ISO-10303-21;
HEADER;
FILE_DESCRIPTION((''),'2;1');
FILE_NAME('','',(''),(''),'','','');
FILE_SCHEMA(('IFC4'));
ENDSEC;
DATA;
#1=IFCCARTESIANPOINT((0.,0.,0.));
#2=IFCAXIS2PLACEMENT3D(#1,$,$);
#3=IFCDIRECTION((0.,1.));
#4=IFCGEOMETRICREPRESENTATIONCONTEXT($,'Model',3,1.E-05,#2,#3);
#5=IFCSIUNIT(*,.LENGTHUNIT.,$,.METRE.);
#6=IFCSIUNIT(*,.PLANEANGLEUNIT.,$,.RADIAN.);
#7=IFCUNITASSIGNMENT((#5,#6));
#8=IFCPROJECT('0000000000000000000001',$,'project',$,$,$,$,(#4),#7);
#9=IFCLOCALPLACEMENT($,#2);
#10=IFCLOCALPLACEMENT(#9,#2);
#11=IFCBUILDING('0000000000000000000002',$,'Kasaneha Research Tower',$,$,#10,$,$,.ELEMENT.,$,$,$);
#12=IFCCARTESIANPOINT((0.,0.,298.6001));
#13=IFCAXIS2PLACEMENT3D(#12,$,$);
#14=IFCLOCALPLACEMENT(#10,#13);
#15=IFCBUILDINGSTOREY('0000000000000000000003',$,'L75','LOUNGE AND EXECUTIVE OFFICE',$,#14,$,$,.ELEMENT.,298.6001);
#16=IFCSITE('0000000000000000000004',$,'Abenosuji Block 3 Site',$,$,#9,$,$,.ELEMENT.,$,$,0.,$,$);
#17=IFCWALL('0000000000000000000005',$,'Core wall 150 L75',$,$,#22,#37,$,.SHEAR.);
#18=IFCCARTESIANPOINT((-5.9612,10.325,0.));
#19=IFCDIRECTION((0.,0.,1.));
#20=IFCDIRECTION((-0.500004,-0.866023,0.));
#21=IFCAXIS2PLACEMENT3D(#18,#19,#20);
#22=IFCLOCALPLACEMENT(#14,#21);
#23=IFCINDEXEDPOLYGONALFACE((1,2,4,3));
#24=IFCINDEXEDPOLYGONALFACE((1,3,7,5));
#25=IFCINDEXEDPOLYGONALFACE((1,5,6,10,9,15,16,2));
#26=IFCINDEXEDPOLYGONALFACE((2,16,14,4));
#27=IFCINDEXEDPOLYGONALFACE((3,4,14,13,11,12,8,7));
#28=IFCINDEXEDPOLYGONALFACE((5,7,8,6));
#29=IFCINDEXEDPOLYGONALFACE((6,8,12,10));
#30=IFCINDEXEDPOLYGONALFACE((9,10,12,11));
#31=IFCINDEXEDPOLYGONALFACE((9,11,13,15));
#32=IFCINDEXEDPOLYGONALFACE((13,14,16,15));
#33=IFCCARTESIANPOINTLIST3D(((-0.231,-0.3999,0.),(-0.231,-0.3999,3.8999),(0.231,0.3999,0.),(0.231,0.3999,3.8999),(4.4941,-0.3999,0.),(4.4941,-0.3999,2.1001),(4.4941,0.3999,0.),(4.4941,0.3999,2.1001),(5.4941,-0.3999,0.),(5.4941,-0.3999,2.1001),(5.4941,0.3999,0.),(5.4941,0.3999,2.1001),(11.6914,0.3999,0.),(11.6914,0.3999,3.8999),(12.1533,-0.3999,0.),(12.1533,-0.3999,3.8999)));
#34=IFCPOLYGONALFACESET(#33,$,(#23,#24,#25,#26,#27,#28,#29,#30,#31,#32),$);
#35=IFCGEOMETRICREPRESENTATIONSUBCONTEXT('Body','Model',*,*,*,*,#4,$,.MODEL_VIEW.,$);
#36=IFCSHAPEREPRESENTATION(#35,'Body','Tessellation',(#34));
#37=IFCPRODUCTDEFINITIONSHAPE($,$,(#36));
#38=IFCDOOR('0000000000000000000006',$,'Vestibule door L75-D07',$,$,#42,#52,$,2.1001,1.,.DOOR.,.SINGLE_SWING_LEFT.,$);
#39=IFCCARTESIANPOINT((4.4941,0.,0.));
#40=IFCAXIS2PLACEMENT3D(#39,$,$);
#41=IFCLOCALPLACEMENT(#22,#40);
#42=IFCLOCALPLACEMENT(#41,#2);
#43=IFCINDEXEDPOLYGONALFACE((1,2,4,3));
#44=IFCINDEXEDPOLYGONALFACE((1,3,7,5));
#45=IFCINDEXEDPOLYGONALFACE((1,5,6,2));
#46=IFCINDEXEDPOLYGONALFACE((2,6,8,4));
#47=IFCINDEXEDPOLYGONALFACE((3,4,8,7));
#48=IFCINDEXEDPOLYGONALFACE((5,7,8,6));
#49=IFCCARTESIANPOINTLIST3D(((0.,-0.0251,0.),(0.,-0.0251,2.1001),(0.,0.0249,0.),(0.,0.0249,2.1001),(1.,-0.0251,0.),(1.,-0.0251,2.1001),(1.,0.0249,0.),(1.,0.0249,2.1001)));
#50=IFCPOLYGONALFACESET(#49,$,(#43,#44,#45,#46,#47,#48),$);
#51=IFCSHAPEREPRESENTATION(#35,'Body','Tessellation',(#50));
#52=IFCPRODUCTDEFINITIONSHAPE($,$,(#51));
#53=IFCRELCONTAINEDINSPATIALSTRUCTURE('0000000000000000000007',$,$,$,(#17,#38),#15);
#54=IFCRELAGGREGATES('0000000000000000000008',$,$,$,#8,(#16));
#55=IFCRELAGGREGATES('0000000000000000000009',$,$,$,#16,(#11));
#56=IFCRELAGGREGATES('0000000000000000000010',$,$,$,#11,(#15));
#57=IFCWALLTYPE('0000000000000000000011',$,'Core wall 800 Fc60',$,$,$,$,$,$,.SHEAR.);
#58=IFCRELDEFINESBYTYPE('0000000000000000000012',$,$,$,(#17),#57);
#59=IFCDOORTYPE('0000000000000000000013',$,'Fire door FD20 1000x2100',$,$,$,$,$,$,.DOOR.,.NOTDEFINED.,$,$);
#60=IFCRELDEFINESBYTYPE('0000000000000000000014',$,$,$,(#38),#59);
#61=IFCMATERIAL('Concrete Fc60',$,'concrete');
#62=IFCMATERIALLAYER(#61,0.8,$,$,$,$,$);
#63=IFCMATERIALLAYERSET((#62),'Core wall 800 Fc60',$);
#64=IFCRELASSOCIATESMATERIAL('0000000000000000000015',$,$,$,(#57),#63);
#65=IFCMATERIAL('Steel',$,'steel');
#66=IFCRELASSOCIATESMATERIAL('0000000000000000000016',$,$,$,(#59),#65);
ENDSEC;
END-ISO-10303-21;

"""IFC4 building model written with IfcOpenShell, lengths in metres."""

from ifc_helpers import new_model, si_unit, direction, frame, frame_2d, origin, place, context, subcontext, project, spatial, polyline, rectangle, outline, extrude, material, layer, layer_set, type_object, element, fill, save


model = new_model("IFC4")

# Units and contexts
model_context = context("Model", 3, precision=1e-05, world=origin(), true_north=direction((0.0, 1.0)))
body_context = subcontext(model_context, "Body", "Model", "MODEL_VIEW")
ifc_project = project(units=[si_unit("LENGTHUNIT", "METRE"), si_unit("PLANEANGLEUNIT", "RADIAN")], contexts=[model_context])

# Site, building, storey
site_placement = place(None, origin())
site = spatial("IfcSite", under=ifc_project, at=site_placement, Name="Abenosuji Block 3 Site", CompositionType="ELEMENT", RefElevation=0.0)
building_placement = place(site_placement, origin())
building = spatial("IfcBuilding", under=site, at=building_placement, Name="Kasaneha Research Tower", CompositionType="ELEMENT")
storey_placement = place(building_placement, frame((0.0, 0.0, 298.6001)))
storey = spatial("IfcBuildingStorey", under=building, at=storey_placement, Name="L75", Description="LOUNGE AND EXECUTIVE OFFICE", CompositionType="ELEMENT", Elevation=298.6001)

# Wall, opening, door
ifc_material_1 = material(Name="Concrete Fc60", Category="concrete")
ifc_layer_1 = layer(ifc_material_1, 0.8)
ifc_layer_set_1 = layer_set([ifc_layer_1], Name="Core wall 800 Fc60")
wall_type_1 = type_object("IfcWallType", Name="Core wall 800 Fc60", PredefinedType="SHEAR", material=ifc_layer_set_1)
wall_1_placement = place(storey_placement, frame((-5.9612, 10.325, 0.0), z_axis=(0.0, 0.0, 1.0), x_axis=(-0.500004, -0.866023, 0.0)))
wall_1 = element("IfcWall", 1, at=wall_1_placement, inside=storey, type_object=wall_type_1, Name="Core wall 150 L75", PredefinedType="SHEAR", context=body_context, shape_type="SweptSolid", body=[
    extrude(outline(polyline([(-0.231, -0.3999), (4.4941, -0.3999), (5.4941, -0.3999), (12.1533, -0.3999), (11.6914, 0.3999), (5.4941, 0.3999), (4.4941, 0.3999), (0.231, 0.3999), (-0.231, -0.3999)])), origin(), (0.0, 0.0, 1.0), 3.8999),
])
opening_1_placement = place(wall_1_placement, frame((4.4941, 0.0, 0.0)))
opening_1 = element("IfcOpeningElement", 2, at=opening_1_placement, cuts=wall_1, PredefinedType="OPENING", context=body_context, shape_type="SweptSolid", body=[
    extrude(rectangle(XDim=1.0, YDim=2.1001, at=frame_2d((0.5, 1.05))), frame((0.0, 0.4102, 0.0), z_axis=(0.0, -1.0, 0.0), x_axis=(1.0, 0.0, 0.0)), (0.0, 0.0, 1.0), 0.8201),
])
ifc_material_2 = material(Name="Steel", Category="steel")
door_type_1 = type_object("IfcDoorType", Name="Fire door FD20 1000x2100", OperationType="NOTDEFINED", PredefinedType="DOOR", material=ifc_material_2)
door_1_placement = place(opening_1_placement, origin())
door_1 = element("IfcDoor", 3, at=door_1_placement, inside=storey, type_object=door_type_1, Name="Vestibule door L75-D07", OperationType="SINGLE_SWING_LEFT", OverallHeight=2.1001, OverallWidth=1.0, PredefinedType="DOOR", context=body_context, shape_type="SweptSolid", body=[
    extrude(rectangle(XDim=1.0, YDim=2.1001, at=frame_2d((0.5, 1.05))), frame((0.0, 0.0249, 0.0), z_axis=(0.0, -1.0, 0.0), x_axis=(1.0, 0.0, 0.0)), (0.0, 0.0, 1.0), 0.05),
])
fill(opening_1, door_1)

save(model, "model.ifc")
